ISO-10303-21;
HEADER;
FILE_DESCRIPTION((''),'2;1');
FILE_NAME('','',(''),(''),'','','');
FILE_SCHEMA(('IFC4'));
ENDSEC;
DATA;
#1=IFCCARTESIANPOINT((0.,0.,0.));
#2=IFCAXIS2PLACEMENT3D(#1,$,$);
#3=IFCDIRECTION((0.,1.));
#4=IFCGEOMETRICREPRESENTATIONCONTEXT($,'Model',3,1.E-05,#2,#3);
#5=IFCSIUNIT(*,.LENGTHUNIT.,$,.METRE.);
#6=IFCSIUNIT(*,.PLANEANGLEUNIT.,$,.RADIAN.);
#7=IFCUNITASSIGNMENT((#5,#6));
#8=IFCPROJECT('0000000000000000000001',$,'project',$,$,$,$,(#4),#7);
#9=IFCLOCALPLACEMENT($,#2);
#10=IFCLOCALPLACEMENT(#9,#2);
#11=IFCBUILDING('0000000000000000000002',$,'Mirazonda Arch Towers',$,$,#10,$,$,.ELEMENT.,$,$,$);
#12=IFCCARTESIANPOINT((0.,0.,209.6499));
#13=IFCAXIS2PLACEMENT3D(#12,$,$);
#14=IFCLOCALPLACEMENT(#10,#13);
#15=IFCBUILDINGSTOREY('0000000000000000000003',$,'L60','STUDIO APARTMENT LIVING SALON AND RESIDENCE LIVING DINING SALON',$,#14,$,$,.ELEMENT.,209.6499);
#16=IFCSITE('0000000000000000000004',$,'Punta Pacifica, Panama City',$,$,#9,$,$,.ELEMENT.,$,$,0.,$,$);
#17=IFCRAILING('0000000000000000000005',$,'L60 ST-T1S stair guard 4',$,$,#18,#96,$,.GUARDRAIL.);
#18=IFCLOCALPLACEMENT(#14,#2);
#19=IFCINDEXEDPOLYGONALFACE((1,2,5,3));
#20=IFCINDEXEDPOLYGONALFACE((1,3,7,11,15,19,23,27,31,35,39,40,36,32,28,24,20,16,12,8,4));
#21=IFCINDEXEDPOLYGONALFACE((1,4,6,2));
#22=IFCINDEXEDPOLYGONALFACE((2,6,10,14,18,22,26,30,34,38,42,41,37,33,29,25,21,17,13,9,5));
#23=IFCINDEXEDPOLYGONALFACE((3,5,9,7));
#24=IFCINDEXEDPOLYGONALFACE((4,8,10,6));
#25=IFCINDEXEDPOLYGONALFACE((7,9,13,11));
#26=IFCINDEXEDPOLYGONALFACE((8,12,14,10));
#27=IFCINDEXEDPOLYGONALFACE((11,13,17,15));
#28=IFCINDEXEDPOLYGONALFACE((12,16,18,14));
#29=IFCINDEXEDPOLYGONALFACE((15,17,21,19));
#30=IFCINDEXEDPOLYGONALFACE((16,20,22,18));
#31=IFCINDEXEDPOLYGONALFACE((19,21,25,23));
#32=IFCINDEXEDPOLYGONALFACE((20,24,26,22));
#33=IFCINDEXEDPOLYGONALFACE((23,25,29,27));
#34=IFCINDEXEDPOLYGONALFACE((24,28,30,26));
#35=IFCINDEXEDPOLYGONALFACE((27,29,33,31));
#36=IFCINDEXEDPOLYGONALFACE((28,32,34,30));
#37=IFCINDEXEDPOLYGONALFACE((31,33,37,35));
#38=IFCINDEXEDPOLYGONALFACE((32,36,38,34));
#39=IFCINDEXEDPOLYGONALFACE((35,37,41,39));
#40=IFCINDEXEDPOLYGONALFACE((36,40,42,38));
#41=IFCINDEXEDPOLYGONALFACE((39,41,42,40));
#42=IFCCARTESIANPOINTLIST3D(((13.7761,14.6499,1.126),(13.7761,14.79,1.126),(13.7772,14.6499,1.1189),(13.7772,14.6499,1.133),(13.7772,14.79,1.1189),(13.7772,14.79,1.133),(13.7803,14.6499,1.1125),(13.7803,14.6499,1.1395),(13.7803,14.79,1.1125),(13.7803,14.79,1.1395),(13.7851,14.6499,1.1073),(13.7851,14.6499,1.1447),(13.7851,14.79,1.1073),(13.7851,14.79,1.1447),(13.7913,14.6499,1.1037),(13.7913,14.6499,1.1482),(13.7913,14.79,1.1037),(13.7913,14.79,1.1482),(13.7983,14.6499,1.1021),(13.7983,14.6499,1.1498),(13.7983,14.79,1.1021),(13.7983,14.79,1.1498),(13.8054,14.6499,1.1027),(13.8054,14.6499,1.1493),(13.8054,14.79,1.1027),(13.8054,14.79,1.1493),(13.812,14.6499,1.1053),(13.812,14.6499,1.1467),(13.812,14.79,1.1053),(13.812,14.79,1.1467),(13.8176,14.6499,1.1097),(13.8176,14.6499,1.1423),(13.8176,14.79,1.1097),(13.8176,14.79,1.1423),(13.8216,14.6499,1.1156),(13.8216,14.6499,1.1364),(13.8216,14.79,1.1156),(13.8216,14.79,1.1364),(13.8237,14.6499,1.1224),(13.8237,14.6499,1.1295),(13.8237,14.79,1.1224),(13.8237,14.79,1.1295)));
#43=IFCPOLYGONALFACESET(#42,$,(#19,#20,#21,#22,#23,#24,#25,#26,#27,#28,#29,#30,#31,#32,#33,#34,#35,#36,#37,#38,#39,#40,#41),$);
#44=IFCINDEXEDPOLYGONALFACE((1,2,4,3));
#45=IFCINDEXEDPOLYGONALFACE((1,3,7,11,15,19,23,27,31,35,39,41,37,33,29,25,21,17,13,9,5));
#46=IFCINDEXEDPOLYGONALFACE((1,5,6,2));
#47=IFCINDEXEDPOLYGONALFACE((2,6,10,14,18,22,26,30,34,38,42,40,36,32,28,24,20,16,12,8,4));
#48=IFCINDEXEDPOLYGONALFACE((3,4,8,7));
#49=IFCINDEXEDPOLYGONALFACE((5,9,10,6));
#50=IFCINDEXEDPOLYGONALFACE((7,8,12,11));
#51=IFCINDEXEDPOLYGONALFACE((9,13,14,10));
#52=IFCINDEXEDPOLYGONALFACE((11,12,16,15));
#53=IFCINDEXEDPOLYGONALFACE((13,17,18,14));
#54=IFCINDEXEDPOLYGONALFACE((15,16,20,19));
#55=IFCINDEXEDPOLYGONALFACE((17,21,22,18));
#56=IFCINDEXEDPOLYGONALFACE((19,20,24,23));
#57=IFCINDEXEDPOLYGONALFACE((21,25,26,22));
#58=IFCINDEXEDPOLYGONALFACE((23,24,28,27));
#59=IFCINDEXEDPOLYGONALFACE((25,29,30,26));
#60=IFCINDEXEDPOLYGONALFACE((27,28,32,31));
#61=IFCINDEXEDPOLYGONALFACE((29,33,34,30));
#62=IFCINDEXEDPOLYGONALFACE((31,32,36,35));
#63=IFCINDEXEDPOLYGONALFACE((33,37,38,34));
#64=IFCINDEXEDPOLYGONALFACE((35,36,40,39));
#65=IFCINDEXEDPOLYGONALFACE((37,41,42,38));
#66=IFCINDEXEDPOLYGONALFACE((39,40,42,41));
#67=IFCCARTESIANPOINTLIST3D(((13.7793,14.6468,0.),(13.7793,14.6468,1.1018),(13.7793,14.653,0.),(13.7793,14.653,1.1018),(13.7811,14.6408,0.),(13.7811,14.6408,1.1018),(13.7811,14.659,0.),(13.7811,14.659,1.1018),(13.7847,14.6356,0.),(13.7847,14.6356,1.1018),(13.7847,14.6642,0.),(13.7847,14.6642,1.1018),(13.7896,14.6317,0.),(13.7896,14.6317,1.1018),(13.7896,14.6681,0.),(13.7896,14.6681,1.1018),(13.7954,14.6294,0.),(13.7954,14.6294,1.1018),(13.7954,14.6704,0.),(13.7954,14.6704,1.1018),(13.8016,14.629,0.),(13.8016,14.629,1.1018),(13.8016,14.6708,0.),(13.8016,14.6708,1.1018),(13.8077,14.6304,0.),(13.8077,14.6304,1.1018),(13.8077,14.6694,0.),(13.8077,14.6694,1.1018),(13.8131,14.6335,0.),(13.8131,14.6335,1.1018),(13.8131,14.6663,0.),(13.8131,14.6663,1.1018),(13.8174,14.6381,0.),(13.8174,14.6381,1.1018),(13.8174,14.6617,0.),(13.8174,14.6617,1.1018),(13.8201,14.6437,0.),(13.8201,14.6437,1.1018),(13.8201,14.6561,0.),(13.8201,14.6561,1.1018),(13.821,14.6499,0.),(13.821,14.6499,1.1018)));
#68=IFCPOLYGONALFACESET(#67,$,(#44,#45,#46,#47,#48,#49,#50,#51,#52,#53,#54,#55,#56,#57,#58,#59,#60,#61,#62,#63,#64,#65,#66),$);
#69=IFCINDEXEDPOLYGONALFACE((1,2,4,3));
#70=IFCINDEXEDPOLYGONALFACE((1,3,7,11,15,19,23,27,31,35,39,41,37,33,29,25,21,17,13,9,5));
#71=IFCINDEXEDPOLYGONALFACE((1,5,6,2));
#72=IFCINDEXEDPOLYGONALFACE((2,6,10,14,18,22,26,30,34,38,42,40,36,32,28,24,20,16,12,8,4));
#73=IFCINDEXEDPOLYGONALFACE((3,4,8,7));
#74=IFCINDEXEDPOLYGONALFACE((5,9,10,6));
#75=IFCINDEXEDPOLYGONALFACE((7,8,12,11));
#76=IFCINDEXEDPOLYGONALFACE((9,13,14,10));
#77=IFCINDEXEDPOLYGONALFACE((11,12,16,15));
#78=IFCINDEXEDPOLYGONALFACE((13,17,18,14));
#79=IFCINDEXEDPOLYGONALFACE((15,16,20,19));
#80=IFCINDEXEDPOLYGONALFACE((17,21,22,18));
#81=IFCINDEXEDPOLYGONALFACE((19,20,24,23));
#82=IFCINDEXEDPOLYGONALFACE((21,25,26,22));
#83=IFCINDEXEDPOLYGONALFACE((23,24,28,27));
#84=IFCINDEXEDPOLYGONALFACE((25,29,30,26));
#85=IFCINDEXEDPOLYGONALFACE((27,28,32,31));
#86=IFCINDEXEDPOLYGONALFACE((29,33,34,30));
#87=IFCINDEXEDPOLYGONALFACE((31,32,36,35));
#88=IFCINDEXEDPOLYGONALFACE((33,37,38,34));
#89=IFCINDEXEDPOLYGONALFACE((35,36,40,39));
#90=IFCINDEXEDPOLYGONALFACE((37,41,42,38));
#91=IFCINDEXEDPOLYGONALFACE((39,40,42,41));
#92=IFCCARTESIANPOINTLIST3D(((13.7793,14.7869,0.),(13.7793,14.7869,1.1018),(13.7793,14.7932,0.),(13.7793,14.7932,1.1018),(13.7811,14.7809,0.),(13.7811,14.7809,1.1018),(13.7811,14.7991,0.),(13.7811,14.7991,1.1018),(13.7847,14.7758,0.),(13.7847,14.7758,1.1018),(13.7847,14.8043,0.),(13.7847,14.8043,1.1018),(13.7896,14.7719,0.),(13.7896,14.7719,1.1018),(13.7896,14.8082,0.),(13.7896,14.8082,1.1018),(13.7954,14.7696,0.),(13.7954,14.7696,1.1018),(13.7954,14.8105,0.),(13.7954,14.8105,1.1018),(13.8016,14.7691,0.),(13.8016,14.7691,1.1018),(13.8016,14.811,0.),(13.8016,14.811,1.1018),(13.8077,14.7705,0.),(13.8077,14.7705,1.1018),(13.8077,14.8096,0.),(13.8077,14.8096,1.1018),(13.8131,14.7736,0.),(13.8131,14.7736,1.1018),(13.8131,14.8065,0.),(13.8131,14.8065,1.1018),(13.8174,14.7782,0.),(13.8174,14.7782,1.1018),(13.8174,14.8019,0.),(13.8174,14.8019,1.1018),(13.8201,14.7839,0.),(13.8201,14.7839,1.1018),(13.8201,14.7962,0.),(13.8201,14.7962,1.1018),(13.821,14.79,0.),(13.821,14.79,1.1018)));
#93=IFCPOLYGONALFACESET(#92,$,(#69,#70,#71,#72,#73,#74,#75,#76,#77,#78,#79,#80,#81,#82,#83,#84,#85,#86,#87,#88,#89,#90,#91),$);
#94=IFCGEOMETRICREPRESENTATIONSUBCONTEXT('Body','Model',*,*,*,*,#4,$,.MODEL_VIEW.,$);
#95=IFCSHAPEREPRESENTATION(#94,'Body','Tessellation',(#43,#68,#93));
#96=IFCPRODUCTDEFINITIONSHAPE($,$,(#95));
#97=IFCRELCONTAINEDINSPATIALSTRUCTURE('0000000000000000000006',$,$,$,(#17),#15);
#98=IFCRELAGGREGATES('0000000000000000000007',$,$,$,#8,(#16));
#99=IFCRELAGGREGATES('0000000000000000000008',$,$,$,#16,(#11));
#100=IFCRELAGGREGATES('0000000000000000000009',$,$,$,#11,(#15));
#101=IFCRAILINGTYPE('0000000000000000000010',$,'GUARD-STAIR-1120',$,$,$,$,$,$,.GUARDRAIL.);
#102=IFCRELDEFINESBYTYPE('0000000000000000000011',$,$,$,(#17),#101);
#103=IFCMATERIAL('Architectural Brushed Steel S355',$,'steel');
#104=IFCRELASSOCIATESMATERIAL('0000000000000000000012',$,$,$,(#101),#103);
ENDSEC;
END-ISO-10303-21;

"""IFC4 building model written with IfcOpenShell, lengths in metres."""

from ifc_helpers import new_model, si_unit, direction, frame, origin, origin_2d, place, context, subcontext, project, spatial, circle, extrude, material, type_object, element, save


model = new_model("IFC4")

# Units and contexts
model_context = context("Model", 3, precision=1e-05, world=origin(), true_north=direction((0.0, 1.0)))
body_context = subcontext(model_context, "Body", "Model", "MODEL_VIEW")
ifc_project = project(units=[si_unit("LENGTHUNIT", "METRE"), si_unit("PLANEANGLEUNIT", "RADIAN")], contexts=[model_context])

# Site, building, storey
site_placement = place(None, origin())
site = spatial("IfcSite", under=ifc_project, at=site_placement, Name="Punta Pacifica, Panama City", CompositionType="ELEMENT", RefElevation=0.0)
building_placement = place(site_placement, origin())
building = spatial("IfcBuilding", under=site, at=building_placement, Name="Mirazonda Arch Towers", CompositionType="ELEMENT")
storey_placement = place(building_placement, frame((0.0, 0.0, 209.6499)))
storey = spatial("IfcBuildingStorey", under=building, at=storey_placement, Name="L60", Description="STUDIO APARTMENT LIVING SALON AND RESIDENCE LIVING DINING SALON", CompositionType="ELEMENT", Elevation=209.6499)

# Shared definitions
ifc_material_1 = material(Name="Architectural Brushed Steel S355", Category="steel")

# Railing
railing_type = type_object("IfcRailingType", Name="GUARD-STAIR-1120", PredefinedType="GUARDRAIL", material=ifc_material_1)
railing_placement = place(storey_placement, frame((13.8, 14.6499, 0.0)))
element("IfcRailing", 1, at=railing_placement, inside=storey, type_object=railing_type, Name="L60 ST-T1S stair guard 4", PredefinedType="GUARDRAIL", context=body_context, shape_type="SweptSolid", body=[
    extrude(circle(Radius=0.0239, at=origin_2d()), frame((0.0, 0.0, 1.126), z_axis=(0.0, 1.0, 0.0), x_axis=(-1.0, 0.0, 0.0)), (0.0, 0.0, 1.0), 0.1401),
    extrude(circle(Radius=0.021, at=origin_2d()), origin(), (0.0, 0.0, 1.0), 1.1018),
    extrude(circle(Radius=0.021, at=origin_2d()), frame((0.0, 0.1401, 0.0)), (0.0, 0.0, 1.0), 1.1018),
])

save(model, "model.ifc")
